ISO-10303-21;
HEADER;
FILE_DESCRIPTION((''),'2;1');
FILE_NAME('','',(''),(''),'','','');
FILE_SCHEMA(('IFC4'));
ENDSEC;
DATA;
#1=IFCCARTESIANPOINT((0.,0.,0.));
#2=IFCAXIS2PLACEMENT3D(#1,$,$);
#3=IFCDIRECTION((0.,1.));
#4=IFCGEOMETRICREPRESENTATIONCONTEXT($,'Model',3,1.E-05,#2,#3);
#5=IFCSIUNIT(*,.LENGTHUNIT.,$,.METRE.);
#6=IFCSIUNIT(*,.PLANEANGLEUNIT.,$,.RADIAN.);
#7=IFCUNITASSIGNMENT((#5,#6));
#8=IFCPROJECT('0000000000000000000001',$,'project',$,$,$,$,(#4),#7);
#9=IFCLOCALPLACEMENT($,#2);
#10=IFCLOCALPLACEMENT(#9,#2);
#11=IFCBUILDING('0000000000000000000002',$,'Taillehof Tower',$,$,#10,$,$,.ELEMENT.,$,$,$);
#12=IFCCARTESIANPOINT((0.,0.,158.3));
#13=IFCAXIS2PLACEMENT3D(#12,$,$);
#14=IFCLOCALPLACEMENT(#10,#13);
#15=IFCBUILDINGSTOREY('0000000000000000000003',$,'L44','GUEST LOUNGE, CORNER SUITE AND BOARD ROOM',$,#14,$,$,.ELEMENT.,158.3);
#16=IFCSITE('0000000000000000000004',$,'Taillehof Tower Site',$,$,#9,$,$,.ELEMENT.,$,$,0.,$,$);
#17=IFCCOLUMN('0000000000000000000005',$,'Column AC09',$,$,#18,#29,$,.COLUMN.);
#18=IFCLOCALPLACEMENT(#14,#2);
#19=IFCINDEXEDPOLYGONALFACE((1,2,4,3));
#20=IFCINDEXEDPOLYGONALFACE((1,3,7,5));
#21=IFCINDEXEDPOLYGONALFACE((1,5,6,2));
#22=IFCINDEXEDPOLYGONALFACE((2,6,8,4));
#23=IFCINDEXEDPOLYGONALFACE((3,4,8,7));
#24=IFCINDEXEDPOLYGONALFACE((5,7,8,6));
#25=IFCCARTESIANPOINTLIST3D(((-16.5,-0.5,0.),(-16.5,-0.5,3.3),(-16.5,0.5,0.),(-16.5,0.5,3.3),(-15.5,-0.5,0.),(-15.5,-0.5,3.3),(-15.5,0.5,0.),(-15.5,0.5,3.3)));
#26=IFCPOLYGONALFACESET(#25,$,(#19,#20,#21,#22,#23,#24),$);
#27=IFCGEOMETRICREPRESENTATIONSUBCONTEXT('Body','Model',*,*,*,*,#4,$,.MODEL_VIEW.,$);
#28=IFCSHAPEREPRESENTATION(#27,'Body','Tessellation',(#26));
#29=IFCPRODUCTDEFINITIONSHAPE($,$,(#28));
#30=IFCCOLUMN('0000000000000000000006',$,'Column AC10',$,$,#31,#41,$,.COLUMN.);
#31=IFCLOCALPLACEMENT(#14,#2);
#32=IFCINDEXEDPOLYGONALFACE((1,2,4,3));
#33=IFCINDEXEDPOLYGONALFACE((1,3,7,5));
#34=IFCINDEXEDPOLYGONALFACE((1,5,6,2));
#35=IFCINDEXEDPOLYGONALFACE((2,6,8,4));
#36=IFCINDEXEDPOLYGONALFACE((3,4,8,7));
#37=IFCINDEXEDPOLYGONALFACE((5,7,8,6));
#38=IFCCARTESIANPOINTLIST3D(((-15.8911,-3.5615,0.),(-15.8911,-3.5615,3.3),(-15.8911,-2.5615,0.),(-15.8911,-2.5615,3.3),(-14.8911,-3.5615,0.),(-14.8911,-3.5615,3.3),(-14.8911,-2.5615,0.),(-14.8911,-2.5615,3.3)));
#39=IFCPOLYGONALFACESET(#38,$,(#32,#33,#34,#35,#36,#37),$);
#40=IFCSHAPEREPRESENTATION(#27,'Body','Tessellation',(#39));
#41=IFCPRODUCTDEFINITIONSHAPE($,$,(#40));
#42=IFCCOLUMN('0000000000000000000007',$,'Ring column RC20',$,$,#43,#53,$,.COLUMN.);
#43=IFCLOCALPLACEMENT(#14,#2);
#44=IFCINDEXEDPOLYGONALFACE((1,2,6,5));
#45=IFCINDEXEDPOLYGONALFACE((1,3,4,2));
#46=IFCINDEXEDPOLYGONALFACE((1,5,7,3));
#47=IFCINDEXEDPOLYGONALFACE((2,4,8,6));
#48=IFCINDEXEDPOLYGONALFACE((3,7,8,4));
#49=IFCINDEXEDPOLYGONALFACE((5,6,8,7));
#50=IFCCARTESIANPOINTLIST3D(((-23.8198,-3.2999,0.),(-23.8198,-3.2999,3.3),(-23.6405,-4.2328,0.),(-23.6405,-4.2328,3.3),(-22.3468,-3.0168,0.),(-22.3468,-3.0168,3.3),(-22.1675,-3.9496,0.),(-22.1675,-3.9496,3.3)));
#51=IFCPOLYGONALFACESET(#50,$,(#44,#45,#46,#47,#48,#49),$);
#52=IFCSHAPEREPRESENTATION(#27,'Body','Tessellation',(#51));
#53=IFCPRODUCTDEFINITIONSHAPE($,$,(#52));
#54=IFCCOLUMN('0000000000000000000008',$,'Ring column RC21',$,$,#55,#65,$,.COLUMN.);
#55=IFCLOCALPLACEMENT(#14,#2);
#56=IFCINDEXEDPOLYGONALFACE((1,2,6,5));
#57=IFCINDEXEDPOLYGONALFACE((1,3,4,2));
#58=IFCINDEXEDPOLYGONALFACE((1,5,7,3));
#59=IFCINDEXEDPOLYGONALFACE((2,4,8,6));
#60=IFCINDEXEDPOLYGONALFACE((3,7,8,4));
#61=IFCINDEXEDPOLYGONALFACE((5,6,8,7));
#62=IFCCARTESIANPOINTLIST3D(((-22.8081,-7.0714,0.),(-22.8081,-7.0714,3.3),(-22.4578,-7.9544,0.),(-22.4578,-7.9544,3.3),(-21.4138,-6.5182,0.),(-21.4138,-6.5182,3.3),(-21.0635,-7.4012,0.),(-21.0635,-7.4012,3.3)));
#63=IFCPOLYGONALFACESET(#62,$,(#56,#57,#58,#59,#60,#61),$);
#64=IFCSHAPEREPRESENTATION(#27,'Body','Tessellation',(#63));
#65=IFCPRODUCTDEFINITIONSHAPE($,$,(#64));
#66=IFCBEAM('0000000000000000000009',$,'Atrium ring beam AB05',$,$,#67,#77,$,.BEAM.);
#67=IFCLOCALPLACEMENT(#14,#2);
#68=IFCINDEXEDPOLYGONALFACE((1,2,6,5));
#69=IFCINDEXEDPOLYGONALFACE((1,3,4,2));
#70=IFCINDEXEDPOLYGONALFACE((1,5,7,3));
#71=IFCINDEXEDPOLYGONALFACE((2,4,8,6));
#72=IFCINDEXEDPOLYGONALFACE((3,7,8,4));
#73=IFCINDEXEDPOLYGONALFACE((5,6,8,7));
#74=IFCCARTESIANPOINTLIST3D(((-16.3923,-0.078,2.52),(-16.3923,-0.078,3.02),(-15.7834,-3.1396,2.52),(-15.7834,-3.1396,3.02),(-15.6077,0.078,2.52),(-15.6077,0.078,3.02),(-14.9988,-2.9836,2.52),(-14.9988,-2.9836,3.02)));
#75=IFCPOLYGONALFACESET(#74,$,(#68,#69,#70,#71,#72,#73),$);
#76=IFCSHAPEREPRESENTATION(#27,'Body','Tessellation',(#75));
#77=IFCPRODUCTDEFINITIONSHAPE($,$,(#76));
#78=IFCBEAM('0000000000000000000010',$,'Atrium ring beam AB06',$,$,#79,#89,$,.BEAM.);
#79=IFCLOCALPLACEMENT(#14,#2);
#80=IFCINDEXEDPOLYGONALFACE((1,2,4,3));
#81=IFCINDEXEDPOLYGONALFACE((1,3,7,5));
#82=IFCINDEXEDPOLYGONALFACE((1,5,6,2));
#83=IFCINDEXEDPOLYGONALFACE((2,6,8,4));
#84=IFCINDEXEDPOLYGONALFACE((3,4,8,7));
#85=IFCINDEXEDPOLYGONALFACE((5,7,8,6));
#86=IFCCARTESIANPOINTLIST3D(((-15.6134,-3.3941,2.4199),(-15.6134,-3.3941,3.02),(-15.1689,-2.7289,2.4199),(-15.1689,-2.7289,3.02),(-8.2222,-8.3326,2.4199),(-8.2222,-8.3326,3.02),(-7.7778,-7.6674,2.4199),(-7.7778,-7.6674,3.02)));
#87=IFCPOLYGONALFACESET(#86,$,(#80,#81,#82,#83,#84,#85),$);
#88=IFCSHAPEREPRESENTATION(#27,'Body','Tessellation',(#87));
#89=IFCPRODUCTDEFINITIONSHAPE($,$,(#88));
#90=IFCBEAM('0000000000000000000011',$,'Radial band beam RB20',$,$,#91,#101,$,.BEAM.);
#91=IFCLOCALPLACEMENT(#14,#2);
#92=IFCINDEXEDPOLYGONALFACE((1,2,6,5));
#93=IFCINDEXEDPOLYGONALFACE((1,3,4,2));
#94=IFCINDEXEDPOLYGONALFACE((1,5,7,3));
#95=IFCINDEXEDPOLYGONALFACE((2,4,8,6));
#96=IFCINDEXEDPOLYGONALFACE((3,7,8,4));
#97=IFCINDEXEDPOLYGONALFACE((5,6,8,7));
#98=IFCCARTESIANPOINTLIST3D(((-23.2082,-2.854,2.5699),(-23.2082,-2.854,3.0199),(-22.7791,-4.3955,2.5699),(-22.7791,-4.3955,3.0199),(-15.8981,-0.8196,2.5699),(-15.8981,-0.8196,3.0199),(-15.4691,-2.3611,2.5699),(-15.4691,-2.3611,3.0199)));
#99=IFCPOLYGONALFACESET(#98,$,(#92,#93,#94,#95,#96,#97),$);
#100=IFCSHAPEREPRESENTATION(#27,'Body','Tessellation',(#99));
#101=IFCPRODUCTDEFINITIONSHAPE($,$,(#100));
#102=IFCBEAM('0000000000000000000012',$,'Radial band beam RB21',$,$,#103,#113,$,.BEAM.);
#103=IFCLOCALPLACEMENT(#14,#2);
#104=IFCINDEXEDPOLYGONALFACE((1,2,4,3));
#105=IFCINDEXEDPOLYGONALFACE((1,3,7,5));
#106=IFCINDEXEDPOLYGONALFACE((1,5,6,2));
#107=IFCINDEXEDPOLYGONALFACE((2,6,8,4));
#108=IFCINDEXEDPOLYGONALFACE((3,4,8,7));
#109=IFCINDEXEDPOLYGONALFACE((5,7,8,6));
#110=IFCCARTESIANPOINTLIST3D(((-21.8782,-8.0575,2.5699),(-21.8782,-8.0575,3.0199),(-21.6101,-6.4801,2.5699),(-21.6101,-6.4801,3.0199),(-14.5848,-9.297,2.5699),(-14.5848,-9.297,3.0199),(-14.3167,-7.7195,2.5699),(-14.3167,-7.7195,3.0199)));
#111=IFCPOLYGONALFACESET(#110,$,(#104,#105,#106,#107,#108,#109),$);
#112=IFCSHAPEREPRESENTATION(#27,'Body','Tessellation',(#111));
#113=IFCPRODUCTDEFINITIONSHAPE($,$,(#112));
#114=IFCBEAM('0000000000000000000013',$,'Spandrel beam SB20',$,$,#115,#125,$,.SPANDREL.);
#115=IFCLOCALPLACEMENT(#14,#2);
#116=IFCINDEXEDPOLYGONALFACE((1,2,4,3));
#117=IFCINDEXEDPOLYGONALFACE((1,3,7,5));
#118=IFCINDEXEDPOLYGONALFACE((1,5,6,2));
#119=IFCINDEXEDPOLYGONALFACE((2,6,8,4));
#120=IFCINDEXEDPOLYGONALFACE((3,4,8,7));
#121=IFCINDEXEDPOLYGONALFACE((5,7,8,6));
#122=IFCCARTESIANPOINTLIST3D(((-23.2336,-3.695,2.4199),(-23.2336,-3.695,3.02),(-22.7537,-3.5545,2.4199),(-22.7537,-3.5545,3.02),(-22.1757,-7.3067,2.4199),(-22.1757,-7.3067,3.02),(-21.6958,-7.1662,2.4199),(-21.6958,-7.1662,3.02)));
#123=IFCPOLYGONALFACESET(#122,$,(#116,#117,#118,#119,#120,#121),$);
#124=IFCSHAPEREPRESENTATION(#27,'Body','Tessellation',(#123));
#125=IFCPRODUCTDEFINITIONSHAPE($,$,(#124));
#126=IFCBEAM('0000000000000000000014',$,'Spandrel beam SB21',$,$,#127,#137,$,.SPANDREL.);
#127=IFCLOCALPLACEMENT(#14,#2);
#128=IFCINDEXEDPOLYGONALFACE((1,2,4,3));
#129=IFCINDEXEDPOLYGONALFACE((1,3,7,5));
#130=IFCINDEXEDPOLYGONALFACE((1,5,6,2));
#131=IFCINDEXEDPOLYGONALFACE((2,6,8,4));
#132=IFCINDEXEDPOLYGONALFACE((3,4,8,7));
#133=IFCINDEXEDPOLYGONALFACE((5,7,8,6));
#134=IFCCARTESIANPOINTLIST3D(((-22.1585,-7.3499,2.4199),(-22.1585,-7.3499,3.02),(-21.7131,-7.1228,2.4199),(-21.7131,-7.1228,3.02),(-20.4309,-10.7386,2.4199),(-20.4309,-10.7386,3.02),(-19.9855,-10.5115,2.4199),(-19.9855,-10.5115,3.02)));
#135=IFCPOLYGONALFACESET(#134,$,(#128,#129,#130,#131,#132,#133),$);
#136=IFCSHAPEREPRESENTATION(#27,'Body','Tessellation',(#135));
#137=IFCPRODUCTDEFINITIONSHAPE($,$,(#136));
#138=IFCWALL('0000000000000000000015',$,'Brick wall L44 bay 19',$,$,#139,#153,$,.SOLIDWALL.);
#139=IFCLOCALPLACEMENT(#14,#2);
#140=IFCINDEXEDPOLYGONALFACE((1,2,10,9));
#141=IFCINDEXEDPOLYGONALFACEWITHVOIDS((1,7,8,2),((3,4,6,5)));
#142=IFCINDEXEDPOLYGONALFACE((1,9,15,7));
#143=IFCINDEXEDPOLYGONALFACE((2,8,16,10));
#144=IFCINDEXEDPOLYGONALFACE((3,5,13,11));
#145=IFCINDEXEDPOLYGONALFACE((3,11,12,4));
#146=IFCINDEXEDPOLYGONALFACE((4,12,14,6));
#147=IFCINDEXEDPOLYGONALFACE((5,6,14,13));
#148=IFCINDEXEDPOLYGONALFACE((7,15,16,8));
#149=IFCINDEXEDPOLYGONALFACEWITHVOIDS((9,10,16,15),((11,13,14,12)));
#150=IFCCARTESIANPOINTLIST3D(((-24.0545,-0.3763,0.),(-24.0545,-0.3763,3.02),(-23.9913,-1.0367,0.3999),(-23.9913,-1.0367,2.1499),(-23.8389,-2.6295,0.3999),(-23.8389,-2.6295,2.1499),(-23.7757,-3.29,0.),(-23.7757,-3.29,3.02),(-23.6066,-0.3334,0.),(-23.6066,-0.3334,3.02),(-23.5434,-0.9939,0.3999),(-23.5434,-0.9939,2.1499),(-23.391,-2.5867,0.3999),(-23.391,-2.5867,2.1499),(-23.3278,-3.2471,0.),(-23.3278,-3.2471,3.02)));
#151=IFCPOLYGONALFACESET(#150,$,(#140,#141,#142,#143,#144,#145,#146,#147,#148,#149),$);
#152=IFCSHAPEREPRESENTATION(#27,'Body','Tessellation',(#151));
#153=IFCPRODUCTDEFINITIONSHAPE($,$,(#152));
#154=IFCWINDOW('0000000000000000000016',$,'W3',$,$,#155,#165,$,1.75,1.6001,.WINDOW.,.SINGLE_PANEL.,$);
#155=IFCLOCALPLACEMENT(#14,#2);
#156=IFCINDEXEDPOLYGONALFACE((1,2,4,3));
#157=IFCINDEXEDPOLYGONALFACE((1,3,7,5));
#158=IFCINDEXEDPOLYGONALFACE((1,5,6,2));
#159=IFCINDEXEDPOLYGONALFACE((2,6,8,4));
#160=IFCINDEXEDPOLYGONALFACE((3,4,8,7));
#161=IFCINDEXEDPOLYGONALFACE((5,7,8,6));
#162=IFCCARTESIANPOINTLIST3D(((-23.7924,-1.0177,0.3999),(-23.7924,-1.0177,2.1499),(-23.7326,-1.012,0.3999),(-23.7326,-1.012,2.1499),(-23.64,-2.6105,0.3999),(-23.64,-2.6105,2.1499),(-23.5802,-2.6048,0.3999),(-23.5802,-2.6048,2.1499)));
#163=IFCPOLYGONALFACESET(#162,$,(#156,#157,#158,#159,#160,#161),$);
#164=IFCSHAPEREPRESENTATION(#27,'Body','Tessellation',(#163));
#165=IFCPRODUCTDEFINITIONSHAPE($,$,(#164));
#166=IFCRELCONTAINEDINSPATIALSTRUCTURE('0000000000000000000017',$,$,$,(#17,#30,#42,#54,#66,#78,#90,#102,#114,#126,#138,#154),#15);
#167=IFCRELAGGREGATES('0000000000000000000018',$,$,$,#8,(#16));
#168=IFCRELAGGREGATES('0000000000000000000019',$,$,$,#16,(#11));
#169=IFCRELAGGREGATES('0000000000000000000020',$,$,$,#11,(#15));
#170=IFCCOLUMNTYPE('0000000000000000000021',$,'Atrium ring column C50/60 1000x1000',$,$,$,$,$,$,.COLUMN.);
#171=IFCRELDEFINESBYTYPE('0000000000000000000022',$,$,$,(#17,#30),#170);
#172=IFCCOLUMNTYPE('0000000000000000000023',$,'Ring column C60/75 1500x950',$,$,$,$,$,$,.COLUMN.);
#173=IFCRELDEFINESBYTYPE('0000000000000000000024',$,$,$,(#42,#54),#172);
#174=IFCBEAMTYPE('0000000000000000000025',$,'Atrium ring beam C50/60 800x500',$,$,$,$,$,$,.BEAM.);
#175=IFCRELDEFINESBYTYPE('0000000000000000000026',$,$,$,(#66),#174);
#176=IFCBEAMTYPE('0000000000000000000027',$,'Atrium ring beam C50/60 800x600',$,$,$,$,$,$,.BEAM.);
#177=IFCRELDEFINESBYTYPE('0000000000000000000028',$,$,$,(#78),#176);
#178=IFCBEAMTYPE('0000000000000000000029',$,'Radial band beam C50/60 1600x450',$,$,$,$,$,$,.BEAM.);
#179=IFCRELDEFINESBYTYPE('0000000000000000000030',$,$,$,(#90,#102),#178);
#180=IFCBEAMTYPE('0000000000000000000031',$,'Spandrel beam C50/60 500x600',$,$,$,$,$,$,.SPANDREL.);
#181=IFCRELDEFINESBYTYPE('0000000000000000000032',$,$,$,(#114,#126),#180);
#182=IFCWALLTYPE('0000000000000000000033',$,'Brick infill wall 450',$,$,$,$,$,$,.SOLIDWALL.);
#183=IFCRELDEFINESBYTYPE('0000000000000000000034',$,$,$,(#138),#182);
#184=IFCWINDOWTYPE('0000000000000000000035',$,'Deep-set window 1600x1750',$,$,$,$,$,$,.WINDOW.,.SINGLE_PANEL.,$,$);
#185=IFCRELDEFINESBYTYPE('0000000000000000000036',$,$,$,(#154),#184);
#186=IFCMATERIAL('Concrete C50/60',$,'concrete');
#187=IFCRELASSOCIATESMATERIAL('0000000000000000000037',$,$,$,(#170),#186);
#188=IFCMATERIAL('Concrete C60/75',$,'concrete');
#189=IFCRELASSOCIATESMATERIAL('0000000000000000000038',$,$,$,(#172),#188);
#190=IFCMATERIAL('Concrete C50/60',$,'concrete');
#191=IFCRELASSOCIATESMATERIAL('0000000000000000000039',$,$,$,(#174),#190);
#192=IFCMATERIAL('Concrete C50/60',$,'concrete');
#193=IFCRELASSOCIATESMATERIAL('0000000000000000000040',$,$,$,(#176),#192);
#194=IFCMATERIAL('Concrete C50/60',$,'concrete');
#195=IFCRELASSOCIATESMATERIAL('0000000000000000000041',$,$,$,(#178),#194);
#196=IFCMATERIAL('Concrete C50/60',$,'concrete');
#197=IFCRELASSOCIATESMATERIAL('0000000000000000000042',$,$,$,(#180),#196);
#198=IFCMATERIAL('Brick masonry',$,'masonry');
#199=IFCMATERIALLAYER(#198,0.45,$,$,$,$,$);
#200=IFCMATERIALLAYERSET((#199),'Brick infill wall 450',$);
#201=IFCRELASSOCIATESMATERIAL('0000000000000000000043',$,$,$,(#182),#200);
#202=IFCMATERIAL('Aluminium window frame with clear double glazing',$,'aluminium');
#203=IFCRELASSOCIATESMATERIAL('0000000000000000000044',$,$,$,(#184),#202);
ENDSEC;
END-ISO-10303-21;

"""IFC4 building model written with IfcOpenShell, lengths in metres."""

from ifc_helpers import new_model, si_unit, direction, frame, frame_2d, origin, origin_2d, place, context, subcontext, project, spatial, rectangle, extrude, material, layer, layer_set, material_profile, profile_set, type_object, element, fill, save


model = new_model("IFC4")

# Units and contexts
model_context = context("Model", 3, precision=1e-05, world=origin(), true_north=direction((0.0, 1.0)))
body_context = subcontext(model_context, "Body", "Model", "MODEL_VIEW")
ifc_project = project(units=[si_unit("LENGTHUNIT", "METRE"), si_unit("PLANEANGLEUNIT", "RADIAN")], contexts=[model_context])

# Site, building, storey
site_placement = place(None, origin())
site = spatial("IfcSite", under=ifc_project, at=site_placement, Name="Taillehof Tower Site", CompositionType="ELEMENT", RefElevation=0.0)
building_placement = place(site_placement, origin())
building = spatial("IfcBuilding", under=site, at=building_placement, Name="Taillehof Tower", CompositionType="ELEMENT")
storey_placement = place(building_placement, frame((0.0, 0.0, 158.3)))
storey = spatial("IfcBuildingStorey", under=building, at=storey_placement, Name="L44", Description="GUEST LOUNGE, CORNER SUITE AND BOARD ROOM", CompositionType="ELEMENT", Elevation=158.3)

# Columns
ifc_material_1 = material(Name="Concrete C50/60", Category="concrete")
ifc_material_profile_1 = material_profile(ifc_material_1, rectangle(XDim=1.0, YDim=1.0, at=origin_2d()), Name="RC 1000x1000")
ifc_profile_set_1 = profile_set([ifc_material_profile_1], Name="Concrete C50/60")
column_type_1 = type_object("IfcColumnType", Name="Atrium ring column C50/60 1000x1000", PredefinedType="COLUMN", material=ifc_profile_set_1)
for number, where, z_axis, x_axis, name in (
    (1, (-16.0, 0.0, 0.0), (0.0, 0.0, 1.0), (1.0, 0.0, 0.0), "Column AC09"),
    (2, (-15.3911, -3.0615, 0.0), (0.0, 0.0, 1.0), (1.0, 0.0, 0.0), "Column AC10"),
):
    element("IfcColumn", number, at=place(storey_placement, frame(where, z_axis=z_axis, x_axis=x_axis)), inside=storey, type_object=column_type_1, Name=name, PredefinedType="COLUMN", context=body_context, shape_type="SweptSolid", body=[
        extrude(rectangle(XDim=1.0, YDim=1.0, at=origin_2d()), origin(), (0.0, 0.0, 1.0), 3.3),
    ])
ifc_material_2 = material(Name="Concrete C60/75", Category="concrete")
ifc_material_profile_2 = material_profile(ifc_material_2, rectangle(XDim=1.5, YDim=0.95, at=origin_2d()), Name="RC 1500x950")
ifc_profile_set_2 = profile_set([ifc_material_profile_2], Name="Concrete C60/75")
column_type_2 = type_object("IfcColumnType", Name="Ring column C60/75 1500x950", PredefinedType="COLUMN", material=ifc_profile_set_2)
for number, where, z_axis, x_axis, name in (
    (3, (-22.9937, -3.6248, 0.0), (0.0, 0.0, 1.0), (-0.982024, -0.188757, 0.0), "Ring column RC20"),
    (4, (-21.9358, -7.2363, 0.0), (0.0, 0.0, 1.0), (-0.929511, -0.368793, 0.0), "Ring column RC21"),
):
    element("IfcColumn", number, at=place(storey_placement, frame(where, z_axis=z_axis, x_axis=x_axis)), inside=storey, type_object=column_type_2, Name=name, PredefinedType="COLUMN", context=body_context, shape_type="SweptSolid", body=[
        extrude(rectangle(XDim=1.5, YDim=0.95, at=origin_2d()), origin(), (0.0, 0.0, 1.0), 3.3),
    ])

# Beams
ifc_material_3 = material(Name="Concrete C50/60", Category="concrete")
ifc_material_profile_3 = material_profile(ifc_material_3, rectangle(XDim=0.8, YDim=0.5, at=origin_2d()), Name="RC 800x500")
ifc_profile_set_3 = profile_set([ifc_material_profile_3], Name="Concrete C50/60")
beam_type_1 = type_object("IfcBeamType", Name="Atrium ring beam C50/60 800x500", PredefinedType="BEAM", material=ifc_profile_set_3)
beam_1_placement = place(storey_placement, frame((-16.0, 0.0, 2.77), z_axis=(0.195063, -0.980791, 0.0), x_axis=(0.980791, 0.195063, 0.0)))
element("IfcBeam", 5, at=beam_1_placement, inside=storey, type_object=beam_type_1, Name="Atrium ring beam AB05", PredefinedType="BEAM", context=body_context, shape_type="SweptSolid", body=[
    extrude(rectangle(XDim=0.8, YDim=0.5, at=origin_2d()), origin(), (0.0, 0.0, 1.0), 3.1216),
])
ifc_material_4 = material(Name="Concrete C50/60", Category="concrete")
ifc_material_profile_4 = material_profile(ifc_material_4, rectangle(XDim=0.8, YDim=0.6001, at=origin_2d()), Name="RC 800x600")
ifc_profile_set_4 = profile_set([ifc_material_profile_4], Name="Concrete C50/60")
beam_type_2 = type_object("IfcBeamType", Name="Atrium ring beam C50/60 800x600", PredefinedType="BEAM", material=ifc_profile_set_4)
beam_2_placement = place(storey_placement, frame((-15.3911, -3.0615, 2.72), z_axis=(0.831475, -0.555562, 0.0), x_axis=(0.555562, 0.831475, 0.0)))
element("IfcBeam", 6, at=beam_2_placement, inside=storey, type_object=beam_type_2, Name="Atrium ring beam AB06", PredefinedType="BEAM", context=body_context, shape_type="SweptSolid", body=[
    extrude(rectangle(XDim=0.8, YDim=0.6001, at=origin_2d()), origin(), (0.0, 0.0, 1.0), 8.8892),
])
ifc_material_5 = material(Name="Concrete C50/60", Category="concrete")
ifc_material_profile_5 = material_profile(ifc_material_5, rectangle(XDim=1.6001, YDim=0.45, at=origin_2d()), Name="RC 1600x450")
ifc_profile_set_5 = profile_set([ifc_material_profile_5], Name="Concrete C50/60")
beam_type_3 = type_object("IfcBeamType", Name="Radial band beam C50/60 1600x450", PredefinedType="BEAM", material=ifc_profile_set_5)
beam_3_placement = place(storey_placement, frame((-22.9937, -3.6248, 2.7949), z_axis=(0.963387, 0.268115, 0.0), x_axis=(-0.268115, 0.963387, 0.0)))
element("IfcBeam", 7, at=beam_3_placement, inside=storey, type_object=beam_type_3, Name="Radial band beam RB20", PredefinedType="BEAM", context=body_context, shape_type="SweptSolid", body=[
    extrude(rectangle(XDim=1.6001, YDim=0.45, at=origin_2d()), origin(), (0.0, 0.0, 1.0), 7.5879),
])
beam_4_placement = place(storey_placement, frame((-21.7441, -7.2688, 2.7949), z_axis=(0.985864, -0.167545, 0.0), x_axis=(0.167545, 0.985864, 0.0)))
element("IfcBeam", 8, at=beam_4_placement, inside=storey, type_object=beam_type_3, Name="Radial band beam RB21", PredefinedType="BEAM", context=body_context, shape_type="SweptSolid", body=[
    extrude(rectangle(XDim=1.6001, YDim=0.45, at=origin_2d()), origin(), (0.0, 0.0, 1.0), 7.3979),
])
ifc_material_6 = material(Name="Concrete C50/60", Category="concrete")
ifc_material_profile_6 = material_profile(ifc_material_6, rectangle(XDim=0.5, YDim=0.6001, at=origin_2d()), Name="RC 500x600")
ifc_profile_set_6 = profile_set([ifc_material_profile_6], Name="Concrete C50/60")
beam_type_4 = type_object("IfcBeamType", Name="Spandrel beam C50/60 500x600", PredefinedType="SPANDREL", material=ifc_profile_set_6)
beam_5_placement = place(storey_placement, frame((-22.9937, -3.6248, 2.72), z_axis=(0.281098, -0.959679, 0.0), x_axis=(0.959679, 0.281098, 0.0)))
element("IfcBeam", 9, at=beam_5_placement, inside=storey, type_object=beam_type_4, Name="Spandrel beam SB20", PredefinedType="SPANDREL", context=body_context, shape_type="SweptSolid", body=[
    extrude(rectangle(XDim=0.5, YDim=0.6001, at=origin_2d()), origin(), (0.0, 0.0, 1.0), 3.7634),
])
beam_6_placement = place(storey_placement, frame((-21.9358, -7.2363, 2.72), z_axis=(0.454183, -0.890908, 0.0), x_axis=(0.890908, 0.454183, 0.0)))
element("IfcBeam", 10, at=beam_6_placement, inside=storey, type_object=beam_type_4, Name="Spandrel beam SB21", PredefinedType="SPANDREL", context=body_context, shape_type="SweptSolid", body=[
    extrude(rectangle(XDim=0.5, YDim=0.6001, at=origin_2d()), origin(), (0.0, 0.0, 1.0), 3.8037),
])

# Wall, opening, window
ifc_material_7 = material(Name="Brick masonry", Category="masonry")
ifc_layer_1 = layer(ifc_material_7, 0.45)
ifc_layer_set_1 = layer_set([ifc_layer_1], Name="Brick infill wall 450")
wall_type_1 = type_object("IfcWallType", Name="Brick infill wall 450", PredefinedType="SOLIDWALL", material=ifc_layer_set_1)
wall_1_placement = place(storey_placement, frame((-23.8306, -0.355, 0.0), z_axis=(0.0, 0.0, 1.0), x_axis=(0.095258, -0.995453, 0.0)))
wall_1 = element("IfcWall", 11, at=wall_1_placement, inside=storey, type_object=wall_type_1, Name="Brick wall L44 bay 19", PredefinedType="SOLIDWALL", context=body_context, shape_type="SweptSolid", body=[
    extrude(rectangle(XDim=2.927, YDim=0.45, at=frame_2d((1.4634, 0.0))), origin(), (0.0, 0.0, 1.0), 3.02),
])
opening_1_placement = place(wall_1_placement, frame((0.6633, 0.0, 0.3999)))
opening_1 = element("IfcOpeningElement", 12, at=opening_1_placement, cuts=wall_1, PredefinedType="OPENING", context=body_context, shape_type="SweptSolid", body=[
    extrude(rectangle(XDim=1.6001, YDim=1.75, at=frame_2d((0.8, 0.875))), frame((0.0, 0.2349, 0.0), z_axis=(0.0, -1.0, 0.0), x_axis=(1.0, 0.0, 0.0)), (0.0, 0.0, 1.0), 0.47),
])
ifc_material_8 = material(Name="Aluminium window frame with clear double glazing", Category="aluminium")
window_type = type_object("IfcWindowType", Name="Deep-set window 1600x1750", PartitioningType="SINGLE_PANEL", PredefinedType="WINDOW", material=ifc_material_8)
window_1_placement = place(opening_1_placement, origin())
window_1 = element("IfcWindow", 13, at=window_1_placement, inside=storey, type_object=window_type, Name="W3", OverallHeight=1.75, OverallWidth=1.6001, PartitioningType="SINGLE_PANEL", PredefinedType="WINDOW", context=body_context, shape_type="SweptSolid", body=[
    extrude(rectangle(XDim=1.6001, YDim=1.75, at=frame_2d((0.8, 0.875))), frame((0.0, 0.0349, 0.0), z_axis=(0.0, -1.0, 0.0), x_axis=(1.0, 0.0, 0.0)), (0.0, 0.0, 1.0), 0.0601),
])
fill(opening_1, window_1)

save(model, "model.ifc")
